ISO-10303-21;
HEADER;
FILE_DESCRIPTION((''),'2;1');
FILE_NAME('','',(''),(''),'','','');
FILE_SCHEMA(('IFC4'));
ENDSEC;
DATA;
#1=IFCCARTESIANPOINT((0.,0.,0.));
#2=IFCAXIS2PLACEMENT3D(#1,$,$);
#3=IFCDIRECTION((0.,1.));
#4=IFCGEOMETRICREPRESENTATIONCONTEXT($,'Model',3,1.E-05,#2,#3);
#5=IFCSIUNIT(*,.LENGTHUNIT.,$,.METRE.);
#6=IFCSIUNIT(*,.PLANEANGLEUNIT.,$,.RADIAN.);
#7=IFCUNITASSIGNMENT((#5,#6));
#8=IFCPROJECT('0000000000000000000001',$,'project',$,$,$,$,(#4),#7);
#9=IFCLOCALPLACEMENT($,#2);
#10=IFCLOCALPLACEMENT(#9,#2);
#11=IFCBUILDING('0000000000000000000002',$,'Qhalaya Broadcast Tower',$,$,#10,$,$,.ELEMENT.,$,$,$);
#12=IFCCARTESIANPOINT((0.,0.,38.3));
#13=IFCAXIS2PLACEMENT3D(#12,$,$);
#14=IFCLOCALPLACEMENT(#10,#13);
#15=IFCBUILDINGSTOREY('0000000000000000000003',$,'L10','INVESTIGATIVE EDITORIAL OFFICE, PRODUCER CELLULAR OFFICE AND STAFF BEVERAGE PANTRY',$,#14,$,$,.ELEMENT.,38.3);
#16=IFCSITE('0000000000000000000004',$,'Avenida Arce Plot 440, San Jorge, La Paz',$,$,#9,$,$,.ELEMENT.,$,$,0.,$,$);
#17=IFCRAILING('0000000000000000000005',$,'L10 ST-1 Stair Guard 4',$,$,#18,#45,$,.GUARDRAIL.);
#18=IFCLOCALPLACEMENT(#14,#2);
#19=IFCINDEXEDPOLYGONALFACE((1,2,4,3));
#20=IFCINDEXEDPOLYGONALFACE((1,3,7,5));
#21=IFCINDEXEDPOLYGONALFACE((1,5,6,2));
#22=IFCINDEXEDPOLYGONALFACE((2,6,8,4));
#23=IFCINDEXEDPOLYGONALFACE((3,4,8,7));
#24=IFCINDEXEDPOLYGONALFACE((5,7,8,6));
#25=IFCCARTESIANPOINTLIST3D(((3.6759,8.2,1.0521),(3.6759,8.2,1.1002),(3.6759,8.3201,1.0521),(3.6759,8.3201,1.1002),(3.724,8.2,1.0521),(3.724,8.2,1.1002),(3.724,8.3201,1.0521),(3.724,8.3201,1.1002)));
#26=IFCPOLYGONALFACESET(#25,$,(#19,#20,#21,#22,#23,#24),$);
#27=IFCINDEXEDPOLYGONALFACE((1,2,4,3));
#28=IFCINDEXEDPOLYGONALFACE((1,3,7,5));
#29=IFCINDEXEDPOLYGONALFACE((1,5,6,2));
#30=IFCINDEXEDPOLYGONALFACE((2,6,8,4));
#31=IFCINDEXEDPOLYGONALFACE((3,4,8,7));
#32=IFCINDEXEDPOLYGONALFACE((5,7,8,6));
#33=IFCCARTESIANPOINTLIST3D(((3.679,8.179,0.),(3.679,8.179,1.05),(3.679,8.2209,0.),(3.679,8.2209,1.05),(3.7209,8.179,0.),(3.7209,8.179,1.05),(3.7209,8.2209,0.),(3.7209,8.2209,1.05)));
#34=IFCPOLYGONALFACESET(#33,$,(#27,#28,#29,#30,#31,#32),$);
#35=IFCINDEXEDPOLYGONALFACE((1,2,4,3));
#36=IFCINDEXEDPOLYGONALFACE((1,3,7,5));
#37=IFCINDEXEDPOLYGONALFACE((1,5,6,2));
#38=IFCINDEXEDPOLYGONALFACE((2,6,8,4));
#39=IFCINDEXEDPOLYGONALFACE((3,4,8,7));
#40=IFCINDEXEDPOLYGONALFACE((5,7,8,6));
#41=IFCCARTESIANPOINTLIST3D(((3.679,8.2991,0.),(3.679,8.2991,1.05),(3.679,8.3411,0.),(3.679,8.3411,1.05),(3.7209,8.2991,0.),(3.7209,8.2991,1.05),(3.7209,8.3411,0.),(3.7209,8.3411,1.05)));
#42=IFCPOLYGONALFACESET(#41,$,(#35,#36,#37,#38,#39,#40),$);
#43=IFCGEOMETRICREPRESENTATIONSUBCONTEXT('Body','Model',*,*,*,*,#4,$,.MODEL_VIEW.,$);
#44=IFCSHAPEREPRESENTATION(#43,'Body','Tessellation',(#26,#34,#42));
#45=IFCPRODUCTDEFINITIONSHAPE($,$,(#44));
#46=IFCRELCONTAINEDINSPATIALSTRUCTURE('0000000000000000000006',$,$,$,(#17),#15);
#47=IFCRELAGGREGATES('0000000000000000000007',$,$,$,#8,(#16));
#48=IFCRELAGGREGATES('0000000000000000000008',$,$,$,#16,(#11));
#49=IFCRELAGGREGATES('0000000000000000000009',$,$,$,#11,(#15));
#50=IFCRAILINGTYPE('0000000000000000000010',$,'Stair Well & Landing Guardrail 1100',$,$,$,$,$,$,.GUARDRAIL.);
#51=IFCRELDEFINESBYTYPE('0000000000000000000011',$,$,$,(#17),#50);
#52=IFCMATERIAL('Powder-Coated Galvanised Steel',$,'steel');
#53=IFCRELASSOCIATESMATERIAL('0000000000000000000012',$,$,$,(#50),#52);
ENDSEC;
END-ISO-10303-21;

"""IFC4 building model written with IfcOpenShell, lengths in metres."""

from ifc_helpers import new_model, si_unit, direction, frame, origin, origin_2d, place, context, subcontext, project, spatial, rectangle, extrude, material, type_object, element, save


model = new_model("IFC4")

# Units and contexts
model_context = context("Model", 3, precision=1e-05, world=origin(), true_north=direction((0.0, 1.0)))
body_context = subcontext(model_context, "Body", "Model", "MODEL_VIEW")
ifc_project = project(units=[si_unit("LENGTHUNIT", "METRE"), si_unit("PLANEANGLEUNIT", "RADIAN")], contexts=[model_context])

# Site, building, storey
site_placement = place(None, origin())
site = spatial("IfcSite", under=ifc_project, at=site_placement, Name="Avenida Arce Plot 440, San Jorge, La Paz", CompositionType="ELEMENT", RefElevation=0.0)
building_placement = place(site_placement, origin())
building = spatial("IfcBuilding", under=site, at=building_placement, Name="Qhalaya Broadcast Tower", CompositionType="ELEMENT")
storey_placement = place(building_placement, frame((0.0, 0.0, 38.3)))
storey = spatial("IfcBuildingStorey", under=building, at=storey_placement, Name="L10", Description="INVESTIGATIVE EDITORIAL OFFICE, PRODUCER CELLULAR OFFICE AND STAFF BEVERAGE PANTRY", CompositionType="ELEMENT", Elevation=38.3)

# Railing
ifc_material_1 = material(Name="Powder-Coated Galvanised Steel", Category="steel")
railing_type_1 = type_object("IfcRailingType", Name="Stair Well & Landing Guardrail 1100", PredefinedType="GUARDRAIL", material=ifc_material_1)
railing_1_placement = place(storey_placement, frame((3.7, 8.2, 0.0)))
element("IfcRailing", 1, at=railing_1_placement, inside=storey, type_object=railing_type_1, Name="L10 ST-1 Stair Guard 4", PredefinedType="GUARDRAIL", context=body_context, shape_type="SweptSolid", body=[
    extrude(rectangle(XDim=0.0481, YDim=0.0481, at=origin_2d()), frame((0.0, 0.0, 1.0762), z_axis=(0.0, 1.0, 0.0), x_axis=(-1.0, 0.0, 0.0)), (0.0, 0.0, 1.0), 0.1201),
    extrude(rectangle(XDim=0.042, YDim=0.042, at=origin_2d()), origin(), (0.0, 0.0, 1.0), 1.05),
    extrude(rectangle(XDim=0.042, YDim=0.042, at=origin_2d()), frame((0.0, 0.1201, 0.0)), (0.0, 0.0, 1.0), 1.05),
])

save(model, "model.ifc")
